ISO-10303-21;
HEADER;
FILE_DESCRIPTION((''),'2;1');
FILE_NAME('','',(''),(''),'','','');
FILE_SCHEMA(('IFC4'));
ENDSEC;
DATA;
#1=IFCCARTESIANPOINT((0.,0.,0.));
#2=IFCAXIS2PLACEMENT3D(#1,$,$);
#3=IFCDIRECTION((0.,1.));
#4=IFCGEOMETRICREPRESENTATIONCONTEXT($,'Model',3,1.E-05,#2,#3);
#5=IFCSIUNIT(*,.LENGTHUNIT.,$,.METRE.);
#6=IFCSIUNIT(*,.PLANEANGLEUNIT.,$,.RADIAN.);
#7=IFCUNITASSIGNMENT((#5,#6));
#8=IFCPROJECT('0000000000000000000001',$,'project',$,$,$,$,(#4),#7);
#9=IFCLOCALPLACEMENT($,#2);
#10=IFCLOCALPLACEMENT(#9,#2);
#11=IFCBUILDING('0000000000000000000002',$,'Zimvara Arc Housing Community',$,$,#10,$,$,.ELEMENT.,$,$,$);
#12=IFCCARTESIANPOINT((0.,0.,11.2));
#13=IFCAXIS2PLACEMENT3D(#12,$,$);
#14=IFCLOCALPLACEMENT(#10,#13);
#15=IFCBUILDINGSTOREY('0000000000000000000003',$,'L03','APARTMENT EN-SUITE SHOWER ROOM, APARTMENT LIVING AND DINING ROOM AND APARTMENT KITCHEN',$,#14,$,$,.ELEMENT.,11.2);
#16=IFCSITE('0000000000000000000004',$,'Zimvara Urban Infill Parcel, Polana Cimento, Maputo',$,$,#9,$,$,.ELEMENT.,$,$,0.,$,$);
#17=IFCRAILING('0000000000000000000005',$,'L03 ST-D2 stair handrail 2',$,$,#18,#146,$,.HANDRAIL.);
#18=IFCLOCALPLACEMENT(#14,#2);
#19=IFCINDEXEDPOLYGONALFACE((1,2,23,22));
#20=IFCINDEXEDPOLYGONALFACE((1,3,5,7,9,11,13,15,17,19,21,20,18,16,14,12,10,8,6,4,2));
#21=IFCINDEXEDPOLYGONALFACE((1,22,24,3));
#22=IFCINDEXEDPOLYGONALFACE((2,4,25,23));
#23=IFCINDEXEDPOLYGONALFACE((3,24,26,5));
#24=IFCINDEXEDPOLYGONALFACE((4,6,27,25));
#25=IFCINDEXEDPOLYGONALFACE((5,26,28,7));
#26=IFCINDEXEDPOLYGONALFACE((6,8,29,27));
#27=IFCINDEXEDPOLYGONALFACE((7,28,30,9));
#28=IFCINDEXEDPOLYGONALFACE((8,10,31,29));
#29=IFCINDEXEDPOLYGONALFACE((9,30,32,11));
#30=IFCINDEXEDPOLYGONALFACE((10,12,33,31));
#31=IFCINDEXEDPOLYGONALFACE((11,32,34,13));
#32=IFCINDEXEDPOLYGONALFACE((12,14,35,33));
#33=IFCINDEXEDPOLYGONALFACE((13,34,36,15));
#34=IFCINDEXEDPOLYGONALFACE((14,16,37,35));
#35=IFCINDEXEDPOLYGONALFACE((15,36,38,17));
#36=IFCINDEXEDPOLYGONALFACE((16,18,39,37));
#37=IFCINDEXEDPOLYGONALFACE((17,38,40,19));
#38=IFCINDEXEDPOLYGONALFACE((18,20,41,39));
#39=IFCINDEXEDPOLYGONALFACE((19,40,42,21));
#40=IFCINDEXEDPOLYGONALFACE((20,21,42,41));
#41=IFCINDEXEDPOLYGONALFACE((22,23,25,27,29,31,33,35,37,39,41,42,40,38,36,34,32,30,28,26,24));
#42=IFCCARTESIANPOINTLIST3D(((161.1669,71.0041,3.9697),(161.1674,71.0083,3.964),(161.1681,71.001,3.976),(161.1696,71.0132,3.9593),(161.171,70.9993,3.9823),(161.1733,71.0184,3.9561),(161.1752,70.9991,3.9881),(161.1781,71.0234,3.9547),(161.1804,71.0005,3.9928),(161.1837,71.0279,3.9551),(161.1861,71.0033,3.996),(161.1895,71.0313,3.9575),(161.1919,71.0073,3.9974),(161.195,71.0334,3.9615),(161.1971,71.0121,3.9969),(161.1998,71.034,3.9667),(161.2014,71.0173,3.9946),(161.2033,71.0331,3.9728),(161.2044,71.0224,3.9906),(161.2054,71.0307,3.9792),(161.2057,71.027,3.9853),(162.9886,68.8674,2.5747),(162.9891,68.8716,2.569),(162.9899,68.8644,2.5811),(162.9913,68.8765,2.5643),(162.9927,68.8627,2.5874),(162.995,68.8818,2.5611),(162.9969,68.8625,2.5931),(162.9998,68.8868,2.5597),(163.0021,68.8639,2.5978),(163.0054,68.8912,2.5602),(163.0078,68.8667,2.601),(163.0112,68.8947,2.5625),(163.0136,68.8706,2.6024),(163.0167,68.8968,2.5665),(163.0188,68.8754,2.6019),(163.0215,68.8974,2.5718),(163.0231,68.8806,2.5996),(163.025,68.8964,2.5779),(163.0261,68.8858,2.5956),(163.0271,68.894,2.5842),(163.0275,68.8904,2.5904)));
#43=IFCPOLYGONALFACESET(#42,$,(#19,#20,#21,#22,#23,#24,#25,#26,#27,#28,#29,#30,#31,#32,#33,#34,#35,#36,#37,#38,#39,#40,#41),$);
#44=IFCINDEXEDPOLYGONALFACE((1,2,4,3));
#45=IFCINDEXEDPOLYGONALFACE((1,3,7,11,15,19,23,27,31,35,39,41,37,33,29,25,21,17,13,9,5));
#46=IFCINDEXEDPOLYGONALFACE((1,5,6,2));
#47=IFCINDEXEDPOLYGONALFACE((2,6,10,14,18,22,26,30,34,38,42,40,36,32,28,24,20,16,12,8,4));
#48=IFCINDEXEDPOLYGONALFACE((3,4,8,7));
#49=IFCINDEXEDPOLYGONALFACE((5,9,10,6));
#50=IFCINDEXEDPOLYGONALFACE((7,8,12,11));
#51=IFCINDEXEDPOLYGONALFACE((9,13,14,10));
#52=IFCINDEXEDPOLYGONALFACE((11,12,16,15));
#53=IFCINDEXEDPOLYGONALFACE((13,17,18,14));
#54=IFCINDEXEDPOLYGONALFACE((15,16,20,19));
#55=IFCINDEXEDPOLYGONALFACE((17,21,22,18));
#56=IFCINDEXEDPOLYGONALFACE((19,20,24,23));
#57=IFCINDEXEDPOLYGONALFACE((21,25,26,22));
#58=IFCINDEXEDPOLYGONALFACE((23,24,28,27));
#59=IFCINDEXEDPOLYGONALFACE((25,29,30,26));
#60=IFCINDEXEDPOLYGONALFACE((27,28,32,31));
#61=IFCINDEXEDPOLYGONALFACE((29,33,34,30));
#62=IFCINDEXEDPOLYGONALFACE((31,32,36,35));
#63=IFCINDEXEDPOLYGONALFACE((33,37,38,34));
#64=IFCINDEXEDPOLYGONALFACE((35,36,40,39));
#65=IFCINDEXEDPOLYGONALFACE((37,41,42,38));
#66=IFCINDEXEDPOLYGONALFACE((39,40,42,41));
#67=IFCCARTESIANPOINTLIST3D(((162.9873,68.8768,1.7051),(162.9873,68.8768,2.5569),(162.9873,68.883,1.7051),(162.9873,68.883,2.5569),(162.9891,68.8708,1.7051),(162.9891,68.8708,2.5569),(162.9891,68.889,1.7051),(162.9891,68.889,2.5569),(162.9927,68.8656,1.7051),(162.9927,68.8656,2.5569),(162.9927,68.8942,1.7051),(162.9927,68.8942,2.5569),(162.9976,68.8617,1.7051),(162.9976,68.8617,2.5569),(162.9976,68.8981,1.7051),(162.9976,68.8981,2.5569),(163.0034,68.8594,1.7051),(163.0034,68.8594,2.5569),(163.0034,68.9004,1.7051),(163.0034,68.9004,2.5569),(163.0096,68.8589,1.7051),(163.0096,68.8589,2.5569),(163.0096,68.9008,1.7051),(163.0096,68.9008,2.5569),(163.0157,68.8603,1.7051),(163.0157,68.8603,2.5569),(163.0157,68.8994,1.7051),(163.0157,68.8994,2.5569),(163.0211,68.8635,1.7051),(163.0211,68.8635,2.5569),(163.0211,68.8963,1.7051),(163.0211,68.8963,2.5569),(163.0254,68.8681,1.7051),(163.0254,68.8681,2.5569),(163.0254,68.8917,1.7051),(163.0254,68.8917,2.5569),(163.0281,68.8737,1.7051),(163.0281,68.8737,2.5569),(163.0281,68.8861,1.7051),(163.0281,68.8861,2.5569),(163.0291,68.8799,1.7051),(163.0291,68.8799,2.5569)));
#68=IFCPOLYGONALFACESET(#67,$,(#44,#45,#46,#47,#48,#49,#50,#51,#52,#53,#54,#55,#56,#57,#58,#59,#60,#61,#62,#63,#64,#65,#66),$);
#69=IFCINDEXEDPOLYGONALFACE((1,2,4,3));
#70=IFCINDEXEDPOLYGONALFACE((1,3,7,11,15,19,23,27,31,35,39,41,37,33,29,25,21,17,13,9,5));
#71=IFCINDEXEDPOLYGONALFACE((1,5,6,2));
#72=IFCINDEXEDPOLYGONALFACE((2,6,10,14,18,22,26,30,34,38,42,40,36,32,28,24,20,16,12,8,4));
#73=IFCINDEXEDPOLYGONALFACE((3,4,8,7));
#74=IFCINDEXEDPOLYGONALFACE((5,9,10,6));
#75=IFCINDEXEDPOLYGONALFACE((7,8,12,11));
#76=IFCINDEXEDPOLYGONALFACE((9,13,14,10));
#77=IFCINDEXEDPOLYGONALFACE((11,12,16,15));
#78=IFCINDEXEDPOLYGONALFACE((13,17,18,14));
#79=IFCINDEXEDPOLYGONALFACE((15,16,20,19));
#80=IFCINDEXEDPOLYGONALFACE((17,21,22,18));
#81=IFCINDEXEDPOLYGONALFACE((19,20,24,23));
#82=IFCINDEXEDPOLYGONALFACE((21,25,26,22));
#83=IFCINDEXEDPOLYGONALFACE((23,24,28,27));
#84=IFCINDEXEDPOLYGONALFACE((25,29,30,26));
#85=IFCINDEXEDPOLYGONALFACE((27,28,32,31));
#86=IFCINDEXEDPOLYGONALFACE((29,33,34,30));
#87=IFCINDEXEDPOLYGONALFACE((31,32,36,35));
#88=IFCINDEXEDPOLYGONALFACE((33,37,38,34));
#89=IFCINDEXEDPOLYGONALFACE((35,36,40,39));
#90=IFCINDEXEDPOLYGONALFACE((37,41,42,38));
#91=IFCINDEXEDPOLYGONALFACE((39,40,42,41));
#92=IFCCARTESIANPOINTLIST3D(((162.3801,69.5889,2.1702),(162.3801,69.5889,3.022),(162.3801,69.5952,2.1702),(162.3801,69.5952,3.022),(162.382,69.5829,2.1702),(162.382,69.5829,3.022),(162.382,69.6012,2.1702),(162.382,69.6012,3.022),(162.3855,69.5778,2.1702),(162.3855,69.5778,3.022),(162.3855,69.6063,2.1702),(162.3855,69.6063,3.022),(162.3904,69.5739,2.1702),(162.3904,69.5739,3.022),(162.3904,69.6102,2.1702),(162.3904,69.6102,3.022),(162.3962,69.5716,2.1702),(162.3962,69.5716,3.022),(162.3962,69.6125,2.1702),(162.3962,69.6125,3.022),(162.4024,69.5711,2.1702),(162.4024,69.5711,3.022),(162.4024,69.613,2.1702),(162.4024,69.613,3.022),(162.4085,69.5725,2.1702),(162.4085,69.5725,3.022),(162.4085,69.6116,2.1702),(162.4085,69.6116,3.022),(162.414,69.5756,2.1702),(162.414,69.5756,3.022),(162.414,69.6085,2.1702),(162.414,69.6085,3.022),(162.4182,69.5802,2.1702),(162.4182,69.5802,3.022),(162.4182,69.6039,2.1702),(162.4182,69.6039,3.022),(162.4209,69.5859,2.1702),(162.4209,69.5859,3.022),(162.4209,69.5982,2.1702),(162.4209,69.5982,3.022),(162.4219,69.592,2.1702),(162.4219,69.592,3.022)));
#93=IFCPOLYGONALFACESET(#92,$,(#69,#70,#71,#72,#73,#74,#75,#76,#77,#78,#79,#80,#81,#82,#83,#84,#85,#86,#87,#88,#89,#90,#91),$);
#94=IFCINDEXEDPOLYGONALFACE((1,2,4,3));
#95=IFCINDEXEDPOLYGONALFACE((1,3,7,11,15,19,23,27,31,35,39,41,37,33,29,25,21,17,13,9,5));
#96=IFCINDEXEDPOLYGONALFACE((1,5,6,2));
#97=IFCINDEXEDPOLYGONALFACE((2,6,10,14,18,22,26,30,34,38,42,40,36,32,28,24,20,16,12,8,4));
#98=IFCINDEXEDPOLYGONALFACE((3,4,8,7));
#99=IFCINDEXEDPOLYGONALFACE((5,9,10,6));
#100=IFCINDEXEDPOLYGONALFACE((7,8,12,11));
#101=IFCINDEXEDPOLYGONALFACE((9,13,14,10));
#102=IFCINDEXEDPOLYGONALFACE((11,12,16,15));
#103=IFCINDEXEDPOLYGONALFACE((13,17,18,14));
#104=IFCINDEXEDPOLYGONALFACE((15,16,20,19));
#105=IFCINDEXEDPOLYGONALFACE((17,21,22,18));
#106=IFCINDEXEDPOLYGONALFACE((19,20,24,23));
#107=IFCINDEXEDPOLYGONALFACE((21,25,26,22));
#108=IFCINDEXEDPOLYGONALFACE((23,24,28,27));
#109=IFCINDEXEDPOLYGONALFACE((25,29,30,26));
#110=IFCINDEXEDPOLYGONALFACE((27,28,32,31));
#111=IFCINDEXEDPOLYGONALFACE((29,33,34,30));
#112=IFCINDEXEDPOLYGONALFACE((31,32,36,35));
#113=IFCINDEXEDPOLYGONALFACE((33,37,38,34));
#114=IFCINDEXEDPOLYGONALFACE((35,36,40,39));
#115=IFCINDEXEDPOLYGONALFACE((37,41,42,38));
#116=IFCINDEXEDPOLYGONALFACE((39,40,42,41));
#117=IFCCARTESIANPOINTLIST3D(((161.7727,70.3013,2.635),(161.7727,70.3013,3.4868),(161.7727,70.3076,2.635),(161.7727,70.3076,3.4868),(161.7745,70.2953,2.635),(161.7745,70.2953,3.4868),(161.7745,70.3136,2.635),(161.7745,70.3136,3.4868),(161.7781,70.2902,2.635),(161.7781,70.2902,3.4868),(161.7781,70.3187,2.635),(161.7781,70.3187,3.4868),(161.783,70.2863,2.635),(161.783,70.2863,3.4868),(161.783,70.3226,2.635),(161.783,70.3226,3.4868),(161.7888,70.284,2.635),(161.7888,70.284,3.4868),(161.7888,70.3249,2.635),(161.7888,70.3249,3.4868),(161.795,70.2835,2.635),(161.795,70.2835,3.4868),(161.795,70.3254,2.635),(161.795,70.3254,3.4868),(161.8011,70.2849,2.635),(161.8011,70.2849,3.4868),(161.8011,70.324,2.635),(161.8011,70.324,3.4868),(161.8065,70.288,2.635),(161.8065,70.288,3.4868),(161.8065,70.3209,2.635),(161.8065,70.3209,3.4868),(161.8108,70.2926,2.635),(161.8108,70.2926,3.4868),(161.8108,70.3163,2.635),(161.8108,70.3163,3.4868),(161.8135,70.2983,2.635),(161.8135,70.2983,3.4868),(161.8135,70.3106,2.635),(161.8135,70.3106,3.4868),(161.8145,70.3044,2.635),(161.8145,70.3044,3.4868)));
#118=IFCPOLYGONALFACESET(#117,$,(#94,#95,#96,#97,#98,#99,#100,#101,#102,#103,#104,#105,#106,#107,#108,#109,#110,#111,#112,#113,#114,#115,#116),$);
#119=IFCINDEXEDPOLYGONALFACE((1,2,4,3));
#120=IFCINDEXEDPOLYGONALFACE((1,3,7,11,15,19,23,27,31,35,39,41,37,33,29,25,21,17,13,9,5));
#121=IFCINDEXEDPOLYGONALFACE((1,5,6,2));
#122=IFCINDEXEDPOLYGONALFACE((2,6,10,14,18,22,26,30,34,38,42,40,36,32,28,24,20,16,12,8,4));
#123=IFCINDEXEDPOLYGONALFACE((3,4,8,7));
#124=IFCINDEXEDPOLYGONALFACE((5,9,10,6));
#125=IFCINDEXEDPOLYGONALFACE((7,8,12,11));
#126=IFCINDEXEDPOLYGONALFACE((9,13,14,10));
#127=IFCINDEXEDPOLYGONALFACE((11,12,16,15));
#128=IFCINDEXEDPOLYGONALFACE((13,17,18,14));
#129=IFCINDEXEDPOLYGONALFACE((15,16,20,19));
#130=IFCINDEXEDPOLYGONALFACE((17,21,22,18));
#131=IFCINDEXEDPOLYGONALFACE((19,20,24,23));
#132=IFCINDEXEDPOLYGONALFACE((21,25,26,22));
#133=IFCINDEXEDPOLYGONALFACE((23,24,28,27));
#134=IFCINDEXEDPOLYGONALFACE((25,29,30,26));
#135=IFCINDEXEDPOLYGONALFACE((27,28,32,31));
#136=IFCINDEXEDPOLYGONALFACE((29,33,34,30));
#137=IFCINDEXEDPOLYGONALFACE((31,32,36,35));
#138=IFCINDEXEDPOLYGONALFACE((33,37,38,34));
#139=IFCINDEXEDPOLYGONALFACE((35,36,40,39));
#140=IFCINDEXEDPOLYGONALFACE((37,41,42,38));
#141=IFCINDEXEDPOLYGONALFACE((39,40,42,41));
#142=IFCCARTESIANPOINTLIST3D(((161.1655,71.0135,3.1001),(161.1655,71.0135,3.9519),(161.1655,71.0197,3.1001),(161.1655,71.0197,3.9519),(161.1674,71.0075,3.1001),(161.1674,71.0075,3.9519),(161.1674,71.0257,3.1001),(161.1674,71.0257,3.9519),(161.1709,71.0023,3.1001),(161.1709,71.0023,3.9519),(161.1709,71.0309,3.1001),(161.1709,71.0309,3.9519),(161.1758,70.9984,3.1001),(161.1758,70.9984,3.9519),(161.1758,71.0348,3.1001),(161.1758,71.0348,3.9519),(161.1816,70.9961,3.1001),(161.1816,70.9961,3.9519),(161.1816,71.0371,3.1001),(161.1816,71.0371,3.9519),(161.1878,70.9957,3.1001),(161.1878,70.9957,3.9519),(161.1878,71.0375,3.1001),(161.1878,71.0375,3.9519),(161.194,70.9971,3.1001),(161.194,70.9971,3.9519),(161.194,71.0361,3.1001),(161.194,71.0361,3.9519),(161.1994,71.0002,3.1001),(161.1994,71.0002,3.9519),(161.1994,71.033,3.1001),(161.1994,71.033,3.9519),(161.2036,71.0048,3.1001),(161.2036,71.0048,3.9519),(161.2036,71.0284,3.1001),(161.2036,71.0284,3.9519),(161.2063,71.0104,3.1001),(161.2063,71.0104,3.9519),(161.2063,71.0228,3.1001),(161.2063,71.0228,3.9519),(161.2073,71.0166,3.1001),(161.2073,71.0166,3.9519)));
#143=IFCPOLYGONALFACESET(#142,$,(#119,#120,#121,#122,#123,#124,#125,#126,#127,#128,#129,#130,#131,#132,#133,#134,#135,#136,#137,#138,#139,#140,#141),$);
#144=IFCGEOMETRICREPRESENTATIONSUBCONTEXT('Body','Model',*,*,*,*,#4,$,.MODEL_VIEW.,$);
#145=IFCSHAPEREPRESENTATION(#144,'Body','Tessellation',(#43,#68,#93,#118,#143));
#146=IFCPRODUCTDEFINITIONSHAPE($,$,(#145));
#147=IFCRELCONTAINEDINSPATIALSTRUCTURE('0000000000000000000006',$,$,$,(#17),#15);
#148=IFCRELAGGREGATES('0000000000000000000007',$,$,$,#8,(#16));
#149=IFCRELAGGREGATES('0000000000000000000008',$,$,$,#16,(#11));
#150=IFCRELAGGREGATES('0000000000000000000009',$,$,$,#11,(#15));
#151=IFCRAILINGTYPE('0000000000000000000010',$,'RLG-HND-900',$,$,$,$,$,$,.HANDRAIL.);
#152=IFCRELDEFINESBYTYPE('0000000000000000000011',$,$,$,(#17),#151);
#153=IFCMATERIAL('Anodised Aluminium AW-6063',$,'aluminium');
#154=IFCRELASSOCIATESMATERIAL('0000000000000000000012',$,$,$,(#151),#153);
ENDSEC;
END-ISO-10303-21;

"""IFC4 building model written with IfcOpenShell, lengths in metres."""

from ifc_helpers import new_model, si_unit, direction, frame, origin, origin_2d, place, context, subcontext, project, spatial, circle, extrude, material, type_object, element, save


model = new_model("IFC4")

# Units and contexts
model_context = context("Model", 3, precision=1e-05, world=origin(), true_north=direction((0.0, 1.0)))
body_context = subcontext(model_context, "Body", "Model", "MODEL_VIEW")
ifc_project = project(units=[si_unit("LENGTHUNIT", "METRE"), si_unit("PLANEANGLEUNIT", "RADIAN")], contexts=[model_context])

# Site, building, storey
site_placement = place(None, origin())
site = spatial("IfcSite", under=ifc_project, at=site_placement, Name="Zimvara Urban Infill Parcel, Polana Cimento, Maputo", CompositionType="ELEMENT", RefElevation=0.0)
building_placement = place(site_placement, origin())
building = spatial("IfcBuilding", under=site, at=building_placement, Name="Zimvara Arc Housing Community", CompositionType="ELEMENT")
storey_placement = place(building_placement, frame((0.0, 0.0, 11.2)))
storey = spatial("IfcBuildingStorey", under=building, at=storey_placement, Name="L03", Description="APARTMENT EN-SUITE SHOWER ROOM, APARTMENT LIVING AND DINING ROOM AND APARTMENT KITCHEN", CompositionType="ELEMENT", Elevation=11.2)

# Railing
ifc_material_1 = material(Name="Anodised Aluminium AW-6063", Category="aluminium")
railing_type_1 = type_object("IfcRailingType", Name="RLG-HND-900", PredefinedType="HANDRAIL", material=ifc_material_1)
railing_1_placement = place(storey_placement, frame((163.0081, 68.8799, 1.7051)))
element("IfcRailing", 1, at=railing_1_placement, inside=storey, type_object=railing_type_1, Name="L03 ST-D2 stair handrail 2", PredefinedType="HANDRAIL", context=body_context, shape_type="SweptSolid", body=[
    extrude(circle(Radius=0.0239, at=origin_2d()), frame((0.0, 0.0, 0.876), z_axis=(-0.581041, 0.681489, 0.44493), x_axis=(-0.76096, -0.648799, 0.0)), (0.0, 0.0, 1.0), 3.1353),
    extrude(circle(Radius=0.021, at=origin_2d()), origin(), (0.0, 0.0, 1.0), 0.8518),
    extrude(circle(Radius=0.021, at=origin_2d()), frame((-0.6072, 0.7122, 0.4651)), (0.0, 0.0, 1.0), 0.8518),
    extrude(circle(Radius=0.021, at=origin_2d()), frame((-1.2146, 1.4246, 0.9299)), (0.0, 0.0, 1.0), 0.8518),
    extrude(circle(Radius=0.021, at=origin_2d()), frame((-1.8218, 2.1367, 1.395)), (0.0, 0.0, 1.0), 0.8518),
])

save(model, "model.ifc")
